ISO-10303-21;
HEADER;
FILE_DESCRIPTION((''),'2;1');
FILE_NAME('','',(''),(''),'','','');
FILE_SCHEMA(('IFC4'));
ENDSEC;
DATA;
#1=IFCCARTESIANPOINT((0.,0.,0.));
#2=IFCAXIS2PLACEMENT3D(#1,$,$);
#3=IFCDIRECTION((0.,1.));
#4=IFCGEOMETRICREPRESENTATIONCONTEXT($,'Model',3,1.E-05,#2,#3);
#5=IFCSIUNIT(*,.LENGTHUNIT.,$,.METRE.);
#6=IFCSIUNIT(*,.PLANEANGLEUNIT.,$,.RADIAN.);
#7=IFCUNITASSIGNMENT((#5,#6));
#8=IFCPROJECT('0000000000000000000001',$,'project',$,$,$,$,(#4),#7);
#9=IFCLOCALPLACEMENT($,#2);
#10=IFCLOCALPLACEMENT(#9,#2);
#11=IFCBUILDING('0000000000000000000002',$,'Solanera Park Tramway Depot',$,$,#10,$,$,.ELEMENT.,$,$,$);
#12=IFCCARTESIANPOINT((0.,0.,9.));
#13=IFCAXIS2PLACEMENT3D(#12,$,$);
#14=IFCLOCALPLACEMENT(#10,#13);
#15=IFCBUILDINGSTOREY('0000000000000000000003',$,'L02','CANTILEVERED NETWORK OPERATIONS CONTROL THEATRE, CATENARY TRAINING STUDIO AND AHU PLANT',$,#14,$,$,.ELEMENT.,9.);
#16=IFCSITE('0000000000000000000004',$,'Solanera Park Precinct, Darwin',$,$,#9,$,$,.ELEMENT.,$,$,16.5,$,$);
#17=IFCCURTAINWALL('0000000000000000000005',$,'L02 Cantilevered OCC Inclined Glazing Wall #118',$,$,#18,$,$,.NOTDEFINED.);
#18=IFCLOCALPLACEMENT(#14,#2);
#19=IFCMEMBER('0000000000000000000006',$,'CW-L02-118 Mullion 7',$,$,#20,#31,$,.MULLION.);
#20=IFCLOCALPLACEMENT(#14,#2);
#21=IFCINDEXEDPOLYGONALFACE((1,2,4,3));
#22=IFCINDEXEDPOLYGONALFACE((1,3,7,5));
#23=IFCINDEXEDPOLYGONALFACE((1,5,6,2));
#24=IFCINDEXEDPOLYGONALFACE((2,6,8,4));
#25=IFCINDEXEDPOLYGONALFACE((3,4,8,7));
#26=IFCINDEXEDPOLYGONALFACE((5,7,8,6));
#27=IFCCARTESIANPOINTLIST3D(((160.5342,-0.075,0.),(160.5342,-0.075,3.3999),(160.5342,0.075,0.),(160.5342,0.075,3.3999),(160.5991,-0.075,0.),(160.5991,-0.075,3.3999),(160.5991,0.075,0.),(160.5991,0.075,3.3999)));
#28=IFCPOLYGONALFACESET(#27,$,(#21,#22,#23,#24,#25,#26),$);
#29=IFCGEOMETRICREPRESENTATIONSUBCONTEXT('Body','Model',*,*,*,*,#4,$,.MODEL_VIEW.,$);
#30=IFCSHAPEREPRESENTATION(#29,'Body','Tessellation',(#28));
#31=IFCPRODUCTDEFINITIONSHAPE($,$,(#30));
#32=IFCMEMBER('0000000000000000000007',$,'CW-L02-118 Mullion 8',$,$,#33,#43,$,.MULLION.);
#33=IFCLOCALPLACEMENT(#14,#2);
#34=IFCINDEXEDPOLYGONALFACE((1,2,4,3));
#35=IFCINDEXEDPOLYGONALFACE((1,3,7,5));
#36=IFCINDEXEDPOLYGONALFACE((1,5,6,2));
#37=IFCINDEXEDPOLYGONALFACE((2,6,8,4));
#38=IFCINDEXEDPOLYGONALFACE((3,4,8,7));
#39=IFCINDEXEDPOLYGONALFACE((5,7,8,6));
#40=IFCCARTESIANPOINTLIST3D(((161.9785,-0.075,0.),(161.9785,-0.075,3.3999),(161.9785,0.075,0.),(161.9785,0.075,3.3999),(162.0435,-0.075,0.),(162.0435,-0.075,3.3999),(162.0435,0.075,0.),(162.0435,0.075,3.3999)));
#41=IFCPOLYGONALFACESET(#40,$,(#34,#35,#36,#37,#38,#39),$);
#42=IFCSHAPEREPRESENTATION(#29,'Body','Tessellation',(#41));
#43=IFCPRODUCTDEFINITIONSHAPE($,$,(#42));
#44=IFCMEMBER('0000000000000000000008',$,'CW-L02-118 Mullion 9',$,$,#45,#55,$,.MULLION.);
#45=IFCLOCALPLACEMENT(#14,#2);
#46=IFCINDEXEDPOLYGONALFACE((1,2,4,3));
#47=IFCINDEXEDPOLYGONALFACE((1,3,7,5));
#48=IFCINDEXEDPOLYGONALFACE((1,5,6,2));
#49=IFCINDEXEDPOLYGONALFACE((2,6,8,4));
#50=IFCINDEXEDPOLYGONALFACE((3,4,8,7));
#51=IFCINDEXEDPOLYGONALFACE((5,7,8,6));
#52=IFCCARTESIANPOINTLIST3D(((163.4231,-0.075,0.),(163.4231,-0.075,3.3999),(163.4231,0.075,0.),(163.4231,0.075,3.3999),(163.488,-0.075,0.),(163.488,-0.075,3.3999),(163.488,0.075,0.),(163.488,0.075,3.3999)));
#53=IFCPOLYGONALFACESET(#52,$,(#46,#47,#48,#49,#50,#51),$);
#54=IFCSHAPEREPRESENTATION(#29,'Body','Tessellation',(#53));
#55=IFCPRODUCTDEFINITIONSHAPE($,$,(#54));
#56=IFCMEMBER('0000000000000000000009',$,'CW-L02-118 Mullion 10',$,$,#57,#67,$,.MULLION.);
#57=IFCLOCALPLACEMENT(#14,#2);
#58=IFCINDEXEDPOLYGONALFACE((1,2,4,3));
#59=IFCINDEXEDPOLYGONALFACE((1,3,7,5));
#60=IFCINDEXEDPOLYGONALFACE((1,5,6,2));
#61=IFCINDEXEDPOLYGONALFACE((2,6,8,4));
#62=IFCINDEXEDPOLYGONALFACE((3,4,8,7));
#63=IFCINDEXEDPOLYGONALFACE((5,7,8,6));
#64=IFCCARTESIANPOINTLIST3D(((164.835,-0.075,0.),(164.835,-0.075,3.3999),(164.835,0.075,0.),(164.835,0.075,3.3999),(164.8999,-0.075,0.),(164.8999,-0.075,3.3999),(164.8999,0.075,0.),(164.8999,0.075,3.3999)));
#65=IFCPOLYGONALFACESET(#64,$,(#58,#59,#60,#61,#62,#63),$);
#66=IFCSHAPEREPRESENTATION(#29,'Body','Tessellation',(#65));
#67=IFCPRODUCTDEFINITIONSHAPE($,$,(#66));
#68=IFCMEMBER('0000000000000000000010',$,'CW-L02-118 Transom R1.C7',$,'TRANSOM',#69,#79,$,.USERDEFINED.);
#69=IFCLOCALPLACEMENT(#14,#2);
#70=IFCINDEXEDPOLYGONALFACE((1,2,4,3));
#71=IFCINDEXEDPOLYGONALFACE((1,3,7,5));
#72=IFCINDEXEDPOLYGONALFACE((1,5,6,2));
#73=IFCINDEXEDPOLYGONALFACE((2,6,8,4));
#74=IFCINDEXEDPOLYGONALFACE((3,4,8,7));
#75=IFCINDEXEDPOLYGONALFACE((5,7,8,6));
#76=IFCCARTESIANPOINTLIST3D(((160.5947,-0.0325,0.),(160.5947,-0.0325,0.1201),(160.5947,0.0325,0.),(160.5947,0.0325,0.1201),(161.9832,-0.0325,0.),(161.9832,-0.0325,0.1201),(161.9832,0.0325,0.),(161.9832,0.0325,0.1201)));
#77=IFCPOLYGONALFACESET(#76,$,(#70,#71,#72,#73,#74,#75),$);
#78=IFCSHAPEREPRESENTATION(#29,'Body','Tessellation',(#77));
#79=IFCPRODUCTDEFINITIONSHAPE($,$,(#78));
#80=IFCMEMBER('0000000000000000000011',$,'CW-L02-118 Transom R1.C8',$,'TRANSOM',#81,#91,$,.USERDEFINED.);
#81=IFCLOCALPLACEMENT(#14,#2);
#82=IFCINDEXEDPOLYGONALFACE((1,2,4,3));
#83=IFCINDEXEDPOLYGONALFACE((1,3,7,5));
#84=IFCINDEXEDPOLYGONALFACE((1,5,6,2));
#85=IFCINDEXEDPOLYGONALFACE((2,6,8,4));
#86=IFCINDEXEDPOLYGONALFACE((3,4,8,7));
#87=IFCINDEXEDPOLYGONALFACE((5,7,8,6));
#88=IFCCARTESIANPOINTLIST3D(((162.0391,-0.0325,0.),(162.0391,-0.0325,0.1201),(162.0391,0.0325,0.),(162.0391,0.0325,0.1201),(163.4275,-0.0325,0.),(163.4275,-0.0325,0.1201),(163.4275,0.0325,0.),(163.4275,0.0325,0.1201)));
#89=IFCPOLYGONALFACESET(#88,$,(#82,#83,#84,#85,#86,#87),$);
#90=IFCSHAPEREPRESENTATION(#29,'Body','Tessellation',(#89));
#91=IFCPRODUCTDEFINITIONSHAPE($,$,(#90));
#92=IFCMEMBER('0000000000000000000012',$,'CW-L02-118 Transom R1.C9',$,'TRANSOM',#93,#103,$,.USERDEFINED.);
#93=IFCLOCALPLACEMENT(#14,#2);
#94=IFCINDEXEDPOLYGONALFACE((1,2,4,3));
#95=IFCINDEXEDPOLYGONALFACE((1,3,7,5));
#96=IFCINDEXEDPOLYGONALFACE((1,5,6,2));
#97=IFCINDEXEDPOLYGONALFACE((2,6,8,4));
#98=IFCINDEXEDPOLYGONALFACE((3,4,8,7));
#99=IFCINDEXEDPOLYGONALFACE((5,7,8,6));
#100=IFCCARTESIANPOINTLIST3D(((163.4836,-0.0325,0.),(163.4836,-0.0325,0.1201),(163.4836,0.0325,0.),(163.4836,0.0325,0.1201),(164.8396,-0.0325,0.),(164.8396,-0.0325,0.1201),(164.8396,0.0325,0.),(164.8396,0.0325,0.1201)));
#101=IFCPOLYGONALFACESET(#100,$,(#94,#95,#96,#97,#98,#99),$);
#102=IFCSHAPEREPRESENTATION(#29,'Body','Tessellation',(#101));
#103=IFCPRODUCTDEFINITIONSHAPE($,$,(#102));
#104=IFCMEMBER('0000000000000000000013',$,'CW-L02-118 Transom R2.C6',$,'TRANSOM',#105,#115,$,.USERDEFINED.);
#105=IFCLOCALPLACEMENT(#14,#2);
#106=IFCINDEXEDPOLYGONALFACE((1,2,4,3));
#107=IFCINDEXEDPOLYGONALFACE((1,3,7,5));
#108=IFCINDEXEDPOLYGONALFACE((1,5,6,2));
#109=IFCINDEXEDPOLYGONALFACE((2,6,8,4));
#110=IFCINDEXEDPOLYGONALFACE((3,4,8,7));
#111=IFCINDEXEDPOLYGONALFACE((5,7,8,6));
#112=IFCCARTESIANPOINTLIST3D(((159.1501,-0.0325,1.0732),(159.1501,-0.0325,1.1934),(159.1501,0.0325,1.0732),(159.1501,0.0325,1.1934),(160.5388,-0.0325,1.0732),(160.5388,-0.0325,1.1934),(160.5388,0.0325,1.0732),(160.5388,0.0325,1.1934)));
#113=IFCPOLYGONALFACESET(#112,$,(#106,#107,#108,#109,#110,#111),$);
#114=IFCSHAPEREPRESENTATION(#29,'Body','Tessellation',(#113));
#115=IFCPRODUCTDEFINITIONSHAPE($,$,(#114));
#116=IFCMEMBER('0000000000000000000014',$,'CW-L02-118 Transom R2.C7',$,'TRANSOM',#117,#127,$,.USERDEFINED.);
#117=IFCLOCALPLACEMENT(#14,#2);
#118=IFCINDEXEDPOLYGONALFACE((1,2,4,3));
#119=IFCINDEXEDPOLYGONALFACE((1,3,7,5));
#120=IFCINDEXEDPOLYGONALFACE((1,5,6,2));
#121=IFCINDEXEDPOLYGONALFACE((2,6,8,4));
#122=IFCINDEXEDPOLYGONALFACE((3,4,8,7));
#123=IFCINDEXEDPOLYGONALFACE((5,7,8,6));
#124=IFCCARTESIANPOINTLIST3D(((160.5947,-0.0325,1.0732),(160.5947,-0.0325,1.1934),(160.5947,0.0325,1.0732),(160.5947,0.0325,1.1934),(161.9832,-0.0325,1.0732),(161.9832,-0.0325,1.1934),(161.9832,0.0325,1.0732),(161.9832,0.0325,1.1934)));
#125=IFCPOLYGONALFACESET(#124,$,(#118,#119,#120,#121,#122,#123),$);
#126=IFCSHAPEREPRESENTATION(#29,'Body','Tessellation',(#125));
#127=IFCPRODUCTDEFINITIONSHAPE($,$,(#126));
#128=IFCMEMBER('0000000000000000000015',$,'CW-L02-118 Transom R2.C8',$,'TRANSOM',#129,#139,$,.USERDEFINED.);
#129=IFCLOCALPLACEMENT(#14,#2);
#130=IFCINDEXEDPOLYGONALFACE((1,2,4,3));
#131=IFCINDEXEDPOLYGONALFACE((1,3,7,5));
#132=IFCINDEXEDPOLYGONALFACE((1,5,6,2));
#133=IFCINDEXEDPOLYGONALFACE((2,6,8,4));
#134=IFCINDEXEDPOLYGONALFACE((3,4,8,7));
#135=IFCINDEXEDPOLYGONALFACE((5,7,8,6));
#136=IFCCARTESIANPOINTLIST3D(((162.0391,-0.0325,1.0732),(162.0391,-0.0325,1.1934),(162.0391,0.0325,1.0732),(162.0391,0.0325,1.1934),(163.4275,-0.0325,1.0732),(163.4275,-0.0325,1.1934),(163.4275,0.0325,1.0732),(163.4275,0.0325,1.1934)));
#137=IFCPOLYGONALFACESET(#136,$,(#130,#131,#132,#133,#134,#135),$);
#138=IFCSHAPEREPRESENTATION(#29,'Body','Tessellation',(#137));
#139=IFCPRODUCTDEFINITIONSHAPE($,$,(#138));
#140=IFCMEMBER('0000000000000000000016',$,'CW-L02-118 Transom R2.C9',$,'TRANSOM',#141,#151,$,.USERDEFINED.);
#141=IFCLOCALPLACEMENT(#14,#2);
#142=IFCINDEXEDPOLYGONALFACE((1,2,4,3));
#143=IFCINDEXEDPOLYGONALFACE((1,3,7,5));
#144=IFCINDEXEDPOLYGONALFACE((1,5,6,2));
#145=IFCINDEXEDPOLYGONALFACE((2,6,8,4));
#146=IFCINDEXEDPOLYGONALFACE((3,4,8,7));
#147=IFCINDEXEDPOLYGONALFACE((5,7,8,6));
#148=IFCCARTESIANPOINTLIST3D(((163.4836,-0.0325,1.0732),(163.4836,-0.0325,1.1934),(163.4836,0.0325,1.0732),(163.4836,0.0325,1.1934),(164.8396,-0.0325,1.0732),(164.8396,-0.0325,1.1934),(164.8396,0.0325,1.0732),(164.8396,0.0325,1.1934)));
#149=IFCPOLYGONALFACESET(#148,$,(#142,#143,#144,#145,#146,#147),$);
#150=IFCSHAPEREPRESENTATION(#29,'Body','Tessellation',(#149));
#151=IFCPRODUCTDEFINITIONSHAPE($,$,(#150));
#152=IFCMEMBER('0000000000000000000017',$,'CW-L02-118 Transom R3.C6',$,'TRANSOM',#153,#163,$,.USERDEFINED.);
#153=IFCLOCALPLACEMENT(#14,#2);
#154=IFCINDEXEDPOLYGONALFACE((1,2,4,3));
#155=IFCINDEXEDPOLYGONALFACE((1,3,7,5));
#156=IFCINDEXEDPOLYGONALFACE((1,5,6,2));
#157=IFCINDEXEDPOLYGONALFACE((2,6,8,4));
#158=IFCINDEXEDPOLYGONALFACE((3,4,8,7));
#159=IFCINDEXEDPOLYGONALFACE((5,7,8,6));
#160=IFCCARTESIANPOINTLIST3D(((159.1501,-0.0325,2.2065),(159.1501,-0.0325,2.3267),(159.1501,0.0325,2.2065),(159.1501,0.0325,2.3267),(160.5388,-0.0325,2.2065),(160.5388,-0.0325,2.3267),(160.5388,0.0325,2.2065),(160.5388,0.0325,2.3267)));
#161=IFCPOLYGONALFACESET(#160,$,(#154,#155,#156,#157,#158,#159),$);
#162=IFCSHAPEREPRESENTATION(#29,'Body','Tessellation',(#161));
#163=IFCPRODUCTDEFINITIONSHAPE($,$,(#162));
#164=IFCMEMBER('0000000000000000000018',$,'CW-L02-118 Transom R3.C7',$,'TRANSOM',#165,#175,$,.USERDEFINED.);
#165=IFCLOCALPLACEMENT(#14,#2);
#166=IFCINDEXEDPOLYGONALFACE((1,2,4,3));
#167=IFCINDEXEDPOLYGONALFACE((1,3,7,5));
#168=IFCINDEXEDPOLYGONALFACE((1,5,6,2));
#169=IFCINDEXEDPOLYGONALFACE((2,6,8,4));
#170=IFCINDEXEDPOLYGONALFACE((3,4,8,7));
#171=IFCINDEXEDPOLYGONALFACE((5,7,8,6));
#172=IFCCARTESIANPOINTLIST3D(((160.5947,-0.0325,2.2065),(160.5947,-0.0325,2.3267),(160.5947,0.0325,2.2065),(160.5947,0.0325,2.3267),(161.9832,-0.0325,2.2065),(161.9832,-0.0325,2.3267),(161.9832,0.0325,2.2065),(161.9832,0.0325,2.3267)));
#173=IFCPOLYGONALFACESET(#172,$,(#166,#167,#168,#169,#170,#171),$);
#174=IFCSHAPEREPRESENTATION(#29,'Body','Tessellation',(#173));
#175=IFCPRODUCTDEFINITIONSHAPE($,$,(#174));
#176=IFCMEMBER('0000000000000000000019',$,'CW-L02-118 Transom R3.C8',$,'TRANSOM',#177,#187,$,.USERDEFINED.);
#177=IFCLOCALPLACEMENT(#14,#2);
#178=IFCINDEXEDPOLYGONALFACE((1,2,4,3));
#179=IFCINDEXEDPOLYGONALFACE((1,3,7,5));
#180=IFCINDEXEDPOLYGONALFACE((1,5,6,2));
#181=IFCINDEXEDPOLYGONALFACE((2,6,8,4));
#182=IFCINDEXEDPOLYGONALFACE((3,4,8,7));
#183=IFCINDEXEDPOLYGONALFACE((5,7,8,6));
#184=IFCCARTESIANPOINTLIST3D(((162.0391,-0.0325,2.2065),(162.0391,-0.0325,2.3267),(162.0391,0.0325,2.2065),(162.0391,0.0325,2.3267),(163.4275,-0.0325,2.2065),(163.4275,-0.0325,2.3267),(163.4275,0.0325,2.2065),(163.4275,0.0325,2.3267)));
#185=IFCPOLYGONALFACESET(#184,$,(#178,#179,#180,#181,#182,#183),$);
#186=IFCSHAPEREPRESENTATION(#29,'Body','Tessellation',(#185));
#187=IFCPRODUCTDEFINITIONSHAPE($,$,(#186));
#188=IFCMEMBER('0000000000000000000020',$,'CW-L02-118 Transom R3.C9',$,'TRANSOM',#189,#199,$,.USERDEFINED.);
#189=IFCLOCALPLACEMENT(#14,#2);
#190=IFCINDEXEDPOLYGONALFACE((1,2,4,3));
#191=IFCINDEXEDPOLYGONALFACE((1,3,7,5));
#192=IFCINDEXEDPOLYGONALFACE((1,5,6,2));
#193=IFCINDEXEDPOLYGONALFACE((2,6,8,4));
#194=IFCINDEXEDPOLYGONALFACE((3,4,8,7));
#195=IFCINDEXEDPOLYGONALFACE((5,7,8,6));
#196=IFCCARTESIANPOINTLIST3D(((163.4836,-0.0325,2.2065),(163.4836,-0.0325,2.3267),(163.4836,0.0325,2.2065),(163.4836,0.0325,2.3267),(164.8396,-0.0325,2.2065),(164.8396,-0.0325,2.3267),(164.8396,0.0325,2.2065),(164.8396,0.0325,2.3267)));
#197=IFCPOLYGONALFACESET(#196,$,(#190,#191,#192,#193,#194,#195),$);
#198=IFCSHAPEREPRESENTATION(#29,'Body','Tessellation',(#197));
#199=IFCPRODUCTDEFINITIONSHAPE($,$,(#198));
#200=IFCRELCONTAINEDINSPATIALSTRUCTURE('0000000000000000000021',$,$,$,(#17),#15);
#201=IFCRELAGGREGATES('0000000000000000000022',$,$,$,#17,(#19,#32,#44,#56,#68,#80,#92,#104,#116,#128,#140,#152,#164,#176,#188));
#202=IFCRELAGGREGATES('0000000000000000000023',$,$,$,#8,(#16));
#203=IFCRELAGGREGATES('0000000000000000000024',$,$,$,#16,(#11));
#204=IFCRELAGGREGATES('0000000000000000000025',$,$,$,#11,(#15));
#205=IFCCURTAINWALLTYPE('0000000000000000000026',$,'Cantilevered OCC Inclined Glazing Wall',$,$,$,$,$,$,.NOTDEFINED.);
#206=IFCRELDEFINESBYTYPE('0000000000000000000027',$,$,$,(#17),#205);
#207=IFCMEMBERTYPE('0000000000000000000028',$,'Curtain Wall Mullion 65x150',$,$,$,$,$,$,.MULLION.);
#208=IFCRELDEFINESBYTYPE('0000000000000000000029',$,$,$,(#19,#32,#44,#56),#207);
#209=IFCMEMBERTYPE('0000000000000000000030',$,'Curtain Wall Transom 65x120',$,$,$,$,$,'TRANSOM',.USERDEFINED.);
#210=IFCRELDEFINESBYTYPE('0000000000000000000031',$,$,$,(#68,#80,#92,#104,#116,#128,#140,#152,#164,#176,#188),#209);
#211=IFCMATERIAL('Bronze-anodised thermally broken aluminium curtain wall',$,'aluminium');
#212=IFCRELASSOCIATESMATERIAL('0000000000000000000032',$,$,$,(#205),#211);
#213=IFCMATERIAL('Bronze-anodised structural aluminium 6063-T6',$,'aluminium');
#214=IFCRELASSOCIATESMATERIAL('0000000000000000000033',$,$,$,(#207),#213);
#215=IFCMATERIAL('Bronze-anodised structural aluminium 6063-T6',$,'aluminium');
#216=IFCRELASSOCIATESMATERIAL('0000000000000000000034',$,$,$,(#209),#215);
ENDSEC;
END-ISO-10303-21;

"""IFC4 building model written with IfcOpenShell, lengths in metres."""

from ifc_helpers import new_model, si_unit, direction, frame, origin, origin_2d, place, context, subcontext, project, spatial, rectangle, extrude, material, material_profile, profile_set, type_object, element, aggregate, save


model = new_model("IFC4")

# Units and contexts
model_context = context("Model", 3, precision=1e-05, world=origin(), true_north=direction((0.0, 1.0)))
body_context = subcontext(model_context, "Body", "Model", "MODEL_VIEW")
ifc_project = project(units=[si_unit("LENGTHUNIT", "METRE"), si_unit("PLANEANGLEUNIT", "RADIAN")], contexts=[model_context])

# Site, building, storey
site_placement = place(None, origin())
site = spatial("IfcSite", under=ifc_project, at=site_placement, Name="Solanera Park Precinct, Darwin", CompositionType="ELEMENT", RefElevation=16.5)
building_placement = place(site_placement, origin())
building = spatial("IfcBuilding", under=site, at=building_placement, Name="Solanera Park Tramway Depot", CompositionType="ELEMENT")
storey_placement = place(building_placement, frame((0.0, 0.0, 9.0)))
storey = spatial("IfcBuildingStorey", under=building, at=storey_placement, Name="L02", Description="CANTILEVERED NETWORK OPERATIONS CONTROL THEATRE, CATENARY TRAINING STUDIO AND AHU PLANT", CompositionType="ELEMENT", Elevation=9.0)

# Curtain wall, members
ifc_material_1 = material(Name="Bronze-anodised thermally broken aluminium curtain wall", Category="aluminium")
curtain_wall_type = type_object("IfcCurtainWallType", Name="Cantilevered OCC Inclined Glazing Wall", PredefinedType="NOTDEFINED", material=ifc_material_1)
curtain_wall_placement = place(storey_placement, origin())
curtain_wall = element("IfcCurtainWall", 1, at=curtain_wall_placement, inside=storey, type_object=curtain_wall_type, Name="L02 Cantilevered OCC Inclined Glazing Wall #118", PredefinedType="NOTDEFINED")
ifc_material_2 = material(Name="Bronze-anodised structural aluminium 6063-T6", Category="aluminium")
ifc_material_profile_1 = material_profile(ifc_material_2, rectangle(XDim=0.0649, YDim=0.1499, at=origin_2d()), Name="Curtain Wall Mullion 65x150")
ifc_profile_set_1 = profile_set([ifc_material_profile_1], Name="Bronze-anodised structural aluminium 6063-T6")
member_type_1 = type_object("IfcMemberType", Name="Curtain Wall Mullion 65x150", PredefinedType="MULLION", material=ifc_profile_set_1)
member_1_placement = place(storey_placement, frame((160.5667, 0.0, 0.0), z_axis=(0.0, 0.0, 1.0), x_axis=(1.0, 0.0, 0.0)))
member_1 = element("IfcMember", 2, at=member_1_placement, type_object=member_type_1, Name="CW-L02-118 Mullion 7", PredefinedType="MULLION", context=body_context, shape_type="SweptSolid", body=[
    extrude(rectangle(XDim=0.0649, YDim=0.1499, at=origin_2d()), origin(), (0.0, 0.0, 1.0), 3.3999),
])
member_2_placement = place(storey_placement, frame((162.011, 0.0, 0.0), z_axis=(0.0, 0.0, 1.0), x_axis=(1.0, 0.0, 0.0)))
member_2 = element("IfcMember", 3, at=member_2_placement, type_object=member_type_1, Name="CW-L02-118 Mullion 8", PredefinedType="MULLION", context=body_context, shape_type="SweptSolid", body=[
    extrude(rectangle(XDim=0.0649, YDim=0.1499, at=origin_2d()), origin(), (0.0, 0.0, 1.0), 3.3999),
])
member_3_placement = place(storey_placement, frame((163.4556, 0.0, 0.0), z_axis=(0.0, 0.0, 1.0), x_axis=(1.0, 0.0, 0.0)))
member_3 = element("IfcMember", 4, at=member_3_placement, type_object=member_type_1, Name="CW-L02-118 Mullion 9", PredefinedType="MULLION", context=body_context, shape_type="SweptSolid", body=[
    extrude(rectangle(XDim=0.0649, YDim=0.1499, at=origin_2d()), origin(), (0.0, 0.0, 1.0), 3.3999),
])
member_4_placement = place(storey_placement, frame((164.8674, 0.0, 0.0), z_axis=(0.0, 0.0, 1.0), x_axis=(1.0, 0.0, 0.0)))
member_4 = element("IfcMember", 5, at=member_4_placement, type_object=member_type_1, Name="CW-L02-118 Mullion 10", PredefinedType="MULLION", context=body_context, shape_type="SweptSolid", body=[
    extrude(rectangle(XDim=0.0649, YDim=0.1499, at=origin_2d()), origin(), (0.0, 0.0, 1.0), 3.3999),
])
ifc_material_3 = material(Name="Bronze-anodised structural aluminium 6063-T6", Category="aluminium")
ifc_material_profile_2 = material_profile(ifc_material_3, rectangle(XDim=0.0649, YDim=0.1201, at=origin_2d()), Name="Curtain Wall Transom 65x120")
ifc_profile_set_2 = profile_set([ifc_material_profile_2], Name="Bronze-anodised structural aluminium 6063-T6")
member_type_2 = type_object("IfcMemberType", Name="Curtain Wall Transom 65x120", ElementType="TRANSOM", PredefinedType="USERDEFINED", material=ifc_profile_set_2)
member_5_placement = place(storey_placement, frame((160.5947, 0.0, 0.0601), z_axis=(1.0, 0.0, 0.0), x_axis=(0.0, 1.0, 0.0)))
member_5 = element("IfcMember", 6, at=member_5_placement, type_object=member_type_2, Name="CW-L02-118 Transom R1.C7", ObjectType="TRANSOM", PredefinedType="USERDEFINED", context=body_context, shape_type="SweptSolid", body=[
    extrude(rectangle(XDim=0.0649, YDim=0.1201, at=origin_2d()), origin(), (0.0, 0.0, 1.0), 1.3884),
])
member_6_placement = place(storey_placement, frame((162.0391, 0.0, 0.0601), z_axis=(1.0, 0.0, 0.0), x_axis=(0.0, 1.0, 0.0)))
member_6 = element("IfcMember", 7, at=member_6_placement, type_object=member_type_2, Name="CW-L02-118 Transom R1.C8", ObjectType="TRANSOM", PredefinedType="USERDEFINED", context=body_context, shape_type="SweptSolid", body=[
    extrude(rectangle(XDim=0.0649, YDim=0.1201, at=origin_2d()), origin(), (0.0, 0.0, 1.0), 1.3884),
])
member_7_placement = place(storey_placement, frame((163.4836, 0.0, 0.0601), z_axis=(1.0, 0.0, 0.0), x_axis=(0.0, 1.0, 0.0)))
member_7 = element("IfcMember", 8, at=member_7_placement, type_object=member_type_2, Name="CW-L02-118 Transom R1.C9", ObjectType="TRANSOM", PredefinedType="USERDEFINED", context=body_context, shape_type="SweptSolid", body=[
    extrude(rectangle(XDim=0.0649, YDim=0.1201, at=origin_2d()), origin(), (0.0, 0.0, 1.0), 1.356),
])
member_8_placement = place(storey_placement, frame((159.1501, 0.0, 1.1333), z_axis=(1.0, 0.0, 0.0), x_axis=(0.0, 1.0, 0.0)))
member_8 = element("IfcMember", 9, at=member_8_placement, type_object=member_type_2, Name="CW-L02-118 Transom R2.C6", ObjectType="TRANSOM", PredefinedType="USERDEFINED", context=body_context, shape_type="SweptSolid", body=[
    extrude(rectangle(XDim=0.0649, YDim=0.1201, at=origin_2d()), origin(), (0.0, 0.0, 1.0), 1.3887),
])
member_9_placement = place(storey_placement, frame((160.5947, 0.0, 1.1333), z_axis=(1.0, 0.0, 0.0), x_axis=(0.0, 1.0, 0.0)))
member_9 = element("IfcMember", 10, at=member_9_placement, type_object=member_type_2, Name="CW-L02-118 Transom R2.C7", ObjectType="TRANSOM", PredefinedType="USERDEFINED", context=body_context, shape_type="SweptSolid", body=[
    extrude(rectangle(XDim=0.0649, YDim=0.1201, at=origin_2d()), origin(), (0.0, 0.0, 1.0), 1.3884),
])
member_10_placement = place(storey_placement, frame((162.0391, 0.0, 1.1333), z_axis=(1.0, 0.0, 0.0), x_axis=(0.0, 1.0, 0.0)))
member_10 = element("IfcMember", 11, at=member_10_placement, type_object=member_type_2, Name="CW-L02-118 Transom R2.C8", ObjectType="TRANSOM", PredefinedType="USERDEFINED", context=body_context, shape_type="SweptSolid", body=[
    extrude(rectangle(XDim=0.0649, YDim=0.1201, at=origin_2d()), origin(), (0.0, 0.0, 1.0), 1.3884),
])
member_11_placement = place(storey_placement, frame((163.4836, 0.0, 1.1333), z_axis=(1.0, 0.0, 0.0), x_axis=(0.0, 1.0, 0.0)))
member_11 = element("IfcMember", 12, at=member_11_placement, type_object=member_type_2, Name="CW-L02-118 Transom R2.C9", ObjectType="TRANSOM", PredefinedType="USERDEFINED", context=body_context, shape_type="SweptSolid", body=[
    extrude(rectangle(XDim=0.0649, YDim=0.1201, at=origin_2d()), origin(), (0.0, 0.0, 1.0), 1.356),
])
member_12_placement = place(storey_placement, frame((159.1501, 0.0, 2.2666), z_axis=(1.0, 0.0, 0.0), x_axis=(0.0, 1.0, 0.0)))
member_12 = element("IfcMember", 13, at=member_12_placement, type_object=member_type_2, Name="CW-L02-118 Transom R3.C6", ObjectType="TRANSOM", PredefinedType="USERDEFINED", context=body_context, shape_type="SweptSolid", body=[
    extrude(rectangle(XDim=0.0649, YDim=0.1201, at=origin_2d()), origin(), (0.0, 0.0, 1.0), 1.3887),
])
member_13_placement = place(storey_placement, frame((160.5947, 0.0, 2.2666), z_axis=(1.0, 0.0, 0.0), x_axis=(0.0, 1.0, 0.0)))
member_13 = element("IfcMember", 14, at=member_13_placement, type_object=member_type_2, Name="CW-L02-118 Transom R3.C7", ObjectType="TRANSOM", PredefinedType="USERDEFINED", context=body_context, shape_type="SweptSolid", body=[
    extrude(rectangle(XDim=0.0649, YDim=0.1201, at=origin_2d()), origin(), (0.0, 0.0, 1.0), 1.3884),
])
member_14_placement = place(storey_placement, frame((162.0391, 0.0, 2.2666), z_axis=(1.0, 0.0, 0.0), x_axis=(0.0, 1.0, 0.0)))
member_14 = element("IfcMember", 15, at=member_14_placement, type_object=member_type_2, Name="CW-L02-118 Transom R3.C8", ObjectType="TRANSOM", PredefinedType="USERDEFINED", context=body_context, shape_type="SweptSolid", body=[
    extrude(rectangle(XDim=0.0649, YDim=0.1201, at=origin_2d()), origin(), (0.0, 0.0, 1.0), 1.3884),
])
member_15_placement = place(storey_placement, frame((163.4836, 0.0, 2.2666), z_axis=(1.0, 0.0, 0.0), x_axis=(0.0, 1.0, 0.0)))
member_15 = element("IfcMember", 16, at=member_15_placement, type_object=member_type_2, Name="CW-L02-118 Transom R3.C9", ObjectType="TRANSOM", PredefinedType="USERDEFINED", context=body_context, shape_type="SweptSolid", body=[
    extrude(rectangle(XDim=0.0649, YDim=0.1201, at=origin_2d()), origin(), (0.0, 0.0, 1.0), 1.356),
])
aggregate(curtain_wall, [member_1, member_2, member_3, member_4, member_5, member_6, member_7, member_8, member_9, member_10, member_11, member_12, member_13, member_14, member_15])

save(model, "model.ifc")
